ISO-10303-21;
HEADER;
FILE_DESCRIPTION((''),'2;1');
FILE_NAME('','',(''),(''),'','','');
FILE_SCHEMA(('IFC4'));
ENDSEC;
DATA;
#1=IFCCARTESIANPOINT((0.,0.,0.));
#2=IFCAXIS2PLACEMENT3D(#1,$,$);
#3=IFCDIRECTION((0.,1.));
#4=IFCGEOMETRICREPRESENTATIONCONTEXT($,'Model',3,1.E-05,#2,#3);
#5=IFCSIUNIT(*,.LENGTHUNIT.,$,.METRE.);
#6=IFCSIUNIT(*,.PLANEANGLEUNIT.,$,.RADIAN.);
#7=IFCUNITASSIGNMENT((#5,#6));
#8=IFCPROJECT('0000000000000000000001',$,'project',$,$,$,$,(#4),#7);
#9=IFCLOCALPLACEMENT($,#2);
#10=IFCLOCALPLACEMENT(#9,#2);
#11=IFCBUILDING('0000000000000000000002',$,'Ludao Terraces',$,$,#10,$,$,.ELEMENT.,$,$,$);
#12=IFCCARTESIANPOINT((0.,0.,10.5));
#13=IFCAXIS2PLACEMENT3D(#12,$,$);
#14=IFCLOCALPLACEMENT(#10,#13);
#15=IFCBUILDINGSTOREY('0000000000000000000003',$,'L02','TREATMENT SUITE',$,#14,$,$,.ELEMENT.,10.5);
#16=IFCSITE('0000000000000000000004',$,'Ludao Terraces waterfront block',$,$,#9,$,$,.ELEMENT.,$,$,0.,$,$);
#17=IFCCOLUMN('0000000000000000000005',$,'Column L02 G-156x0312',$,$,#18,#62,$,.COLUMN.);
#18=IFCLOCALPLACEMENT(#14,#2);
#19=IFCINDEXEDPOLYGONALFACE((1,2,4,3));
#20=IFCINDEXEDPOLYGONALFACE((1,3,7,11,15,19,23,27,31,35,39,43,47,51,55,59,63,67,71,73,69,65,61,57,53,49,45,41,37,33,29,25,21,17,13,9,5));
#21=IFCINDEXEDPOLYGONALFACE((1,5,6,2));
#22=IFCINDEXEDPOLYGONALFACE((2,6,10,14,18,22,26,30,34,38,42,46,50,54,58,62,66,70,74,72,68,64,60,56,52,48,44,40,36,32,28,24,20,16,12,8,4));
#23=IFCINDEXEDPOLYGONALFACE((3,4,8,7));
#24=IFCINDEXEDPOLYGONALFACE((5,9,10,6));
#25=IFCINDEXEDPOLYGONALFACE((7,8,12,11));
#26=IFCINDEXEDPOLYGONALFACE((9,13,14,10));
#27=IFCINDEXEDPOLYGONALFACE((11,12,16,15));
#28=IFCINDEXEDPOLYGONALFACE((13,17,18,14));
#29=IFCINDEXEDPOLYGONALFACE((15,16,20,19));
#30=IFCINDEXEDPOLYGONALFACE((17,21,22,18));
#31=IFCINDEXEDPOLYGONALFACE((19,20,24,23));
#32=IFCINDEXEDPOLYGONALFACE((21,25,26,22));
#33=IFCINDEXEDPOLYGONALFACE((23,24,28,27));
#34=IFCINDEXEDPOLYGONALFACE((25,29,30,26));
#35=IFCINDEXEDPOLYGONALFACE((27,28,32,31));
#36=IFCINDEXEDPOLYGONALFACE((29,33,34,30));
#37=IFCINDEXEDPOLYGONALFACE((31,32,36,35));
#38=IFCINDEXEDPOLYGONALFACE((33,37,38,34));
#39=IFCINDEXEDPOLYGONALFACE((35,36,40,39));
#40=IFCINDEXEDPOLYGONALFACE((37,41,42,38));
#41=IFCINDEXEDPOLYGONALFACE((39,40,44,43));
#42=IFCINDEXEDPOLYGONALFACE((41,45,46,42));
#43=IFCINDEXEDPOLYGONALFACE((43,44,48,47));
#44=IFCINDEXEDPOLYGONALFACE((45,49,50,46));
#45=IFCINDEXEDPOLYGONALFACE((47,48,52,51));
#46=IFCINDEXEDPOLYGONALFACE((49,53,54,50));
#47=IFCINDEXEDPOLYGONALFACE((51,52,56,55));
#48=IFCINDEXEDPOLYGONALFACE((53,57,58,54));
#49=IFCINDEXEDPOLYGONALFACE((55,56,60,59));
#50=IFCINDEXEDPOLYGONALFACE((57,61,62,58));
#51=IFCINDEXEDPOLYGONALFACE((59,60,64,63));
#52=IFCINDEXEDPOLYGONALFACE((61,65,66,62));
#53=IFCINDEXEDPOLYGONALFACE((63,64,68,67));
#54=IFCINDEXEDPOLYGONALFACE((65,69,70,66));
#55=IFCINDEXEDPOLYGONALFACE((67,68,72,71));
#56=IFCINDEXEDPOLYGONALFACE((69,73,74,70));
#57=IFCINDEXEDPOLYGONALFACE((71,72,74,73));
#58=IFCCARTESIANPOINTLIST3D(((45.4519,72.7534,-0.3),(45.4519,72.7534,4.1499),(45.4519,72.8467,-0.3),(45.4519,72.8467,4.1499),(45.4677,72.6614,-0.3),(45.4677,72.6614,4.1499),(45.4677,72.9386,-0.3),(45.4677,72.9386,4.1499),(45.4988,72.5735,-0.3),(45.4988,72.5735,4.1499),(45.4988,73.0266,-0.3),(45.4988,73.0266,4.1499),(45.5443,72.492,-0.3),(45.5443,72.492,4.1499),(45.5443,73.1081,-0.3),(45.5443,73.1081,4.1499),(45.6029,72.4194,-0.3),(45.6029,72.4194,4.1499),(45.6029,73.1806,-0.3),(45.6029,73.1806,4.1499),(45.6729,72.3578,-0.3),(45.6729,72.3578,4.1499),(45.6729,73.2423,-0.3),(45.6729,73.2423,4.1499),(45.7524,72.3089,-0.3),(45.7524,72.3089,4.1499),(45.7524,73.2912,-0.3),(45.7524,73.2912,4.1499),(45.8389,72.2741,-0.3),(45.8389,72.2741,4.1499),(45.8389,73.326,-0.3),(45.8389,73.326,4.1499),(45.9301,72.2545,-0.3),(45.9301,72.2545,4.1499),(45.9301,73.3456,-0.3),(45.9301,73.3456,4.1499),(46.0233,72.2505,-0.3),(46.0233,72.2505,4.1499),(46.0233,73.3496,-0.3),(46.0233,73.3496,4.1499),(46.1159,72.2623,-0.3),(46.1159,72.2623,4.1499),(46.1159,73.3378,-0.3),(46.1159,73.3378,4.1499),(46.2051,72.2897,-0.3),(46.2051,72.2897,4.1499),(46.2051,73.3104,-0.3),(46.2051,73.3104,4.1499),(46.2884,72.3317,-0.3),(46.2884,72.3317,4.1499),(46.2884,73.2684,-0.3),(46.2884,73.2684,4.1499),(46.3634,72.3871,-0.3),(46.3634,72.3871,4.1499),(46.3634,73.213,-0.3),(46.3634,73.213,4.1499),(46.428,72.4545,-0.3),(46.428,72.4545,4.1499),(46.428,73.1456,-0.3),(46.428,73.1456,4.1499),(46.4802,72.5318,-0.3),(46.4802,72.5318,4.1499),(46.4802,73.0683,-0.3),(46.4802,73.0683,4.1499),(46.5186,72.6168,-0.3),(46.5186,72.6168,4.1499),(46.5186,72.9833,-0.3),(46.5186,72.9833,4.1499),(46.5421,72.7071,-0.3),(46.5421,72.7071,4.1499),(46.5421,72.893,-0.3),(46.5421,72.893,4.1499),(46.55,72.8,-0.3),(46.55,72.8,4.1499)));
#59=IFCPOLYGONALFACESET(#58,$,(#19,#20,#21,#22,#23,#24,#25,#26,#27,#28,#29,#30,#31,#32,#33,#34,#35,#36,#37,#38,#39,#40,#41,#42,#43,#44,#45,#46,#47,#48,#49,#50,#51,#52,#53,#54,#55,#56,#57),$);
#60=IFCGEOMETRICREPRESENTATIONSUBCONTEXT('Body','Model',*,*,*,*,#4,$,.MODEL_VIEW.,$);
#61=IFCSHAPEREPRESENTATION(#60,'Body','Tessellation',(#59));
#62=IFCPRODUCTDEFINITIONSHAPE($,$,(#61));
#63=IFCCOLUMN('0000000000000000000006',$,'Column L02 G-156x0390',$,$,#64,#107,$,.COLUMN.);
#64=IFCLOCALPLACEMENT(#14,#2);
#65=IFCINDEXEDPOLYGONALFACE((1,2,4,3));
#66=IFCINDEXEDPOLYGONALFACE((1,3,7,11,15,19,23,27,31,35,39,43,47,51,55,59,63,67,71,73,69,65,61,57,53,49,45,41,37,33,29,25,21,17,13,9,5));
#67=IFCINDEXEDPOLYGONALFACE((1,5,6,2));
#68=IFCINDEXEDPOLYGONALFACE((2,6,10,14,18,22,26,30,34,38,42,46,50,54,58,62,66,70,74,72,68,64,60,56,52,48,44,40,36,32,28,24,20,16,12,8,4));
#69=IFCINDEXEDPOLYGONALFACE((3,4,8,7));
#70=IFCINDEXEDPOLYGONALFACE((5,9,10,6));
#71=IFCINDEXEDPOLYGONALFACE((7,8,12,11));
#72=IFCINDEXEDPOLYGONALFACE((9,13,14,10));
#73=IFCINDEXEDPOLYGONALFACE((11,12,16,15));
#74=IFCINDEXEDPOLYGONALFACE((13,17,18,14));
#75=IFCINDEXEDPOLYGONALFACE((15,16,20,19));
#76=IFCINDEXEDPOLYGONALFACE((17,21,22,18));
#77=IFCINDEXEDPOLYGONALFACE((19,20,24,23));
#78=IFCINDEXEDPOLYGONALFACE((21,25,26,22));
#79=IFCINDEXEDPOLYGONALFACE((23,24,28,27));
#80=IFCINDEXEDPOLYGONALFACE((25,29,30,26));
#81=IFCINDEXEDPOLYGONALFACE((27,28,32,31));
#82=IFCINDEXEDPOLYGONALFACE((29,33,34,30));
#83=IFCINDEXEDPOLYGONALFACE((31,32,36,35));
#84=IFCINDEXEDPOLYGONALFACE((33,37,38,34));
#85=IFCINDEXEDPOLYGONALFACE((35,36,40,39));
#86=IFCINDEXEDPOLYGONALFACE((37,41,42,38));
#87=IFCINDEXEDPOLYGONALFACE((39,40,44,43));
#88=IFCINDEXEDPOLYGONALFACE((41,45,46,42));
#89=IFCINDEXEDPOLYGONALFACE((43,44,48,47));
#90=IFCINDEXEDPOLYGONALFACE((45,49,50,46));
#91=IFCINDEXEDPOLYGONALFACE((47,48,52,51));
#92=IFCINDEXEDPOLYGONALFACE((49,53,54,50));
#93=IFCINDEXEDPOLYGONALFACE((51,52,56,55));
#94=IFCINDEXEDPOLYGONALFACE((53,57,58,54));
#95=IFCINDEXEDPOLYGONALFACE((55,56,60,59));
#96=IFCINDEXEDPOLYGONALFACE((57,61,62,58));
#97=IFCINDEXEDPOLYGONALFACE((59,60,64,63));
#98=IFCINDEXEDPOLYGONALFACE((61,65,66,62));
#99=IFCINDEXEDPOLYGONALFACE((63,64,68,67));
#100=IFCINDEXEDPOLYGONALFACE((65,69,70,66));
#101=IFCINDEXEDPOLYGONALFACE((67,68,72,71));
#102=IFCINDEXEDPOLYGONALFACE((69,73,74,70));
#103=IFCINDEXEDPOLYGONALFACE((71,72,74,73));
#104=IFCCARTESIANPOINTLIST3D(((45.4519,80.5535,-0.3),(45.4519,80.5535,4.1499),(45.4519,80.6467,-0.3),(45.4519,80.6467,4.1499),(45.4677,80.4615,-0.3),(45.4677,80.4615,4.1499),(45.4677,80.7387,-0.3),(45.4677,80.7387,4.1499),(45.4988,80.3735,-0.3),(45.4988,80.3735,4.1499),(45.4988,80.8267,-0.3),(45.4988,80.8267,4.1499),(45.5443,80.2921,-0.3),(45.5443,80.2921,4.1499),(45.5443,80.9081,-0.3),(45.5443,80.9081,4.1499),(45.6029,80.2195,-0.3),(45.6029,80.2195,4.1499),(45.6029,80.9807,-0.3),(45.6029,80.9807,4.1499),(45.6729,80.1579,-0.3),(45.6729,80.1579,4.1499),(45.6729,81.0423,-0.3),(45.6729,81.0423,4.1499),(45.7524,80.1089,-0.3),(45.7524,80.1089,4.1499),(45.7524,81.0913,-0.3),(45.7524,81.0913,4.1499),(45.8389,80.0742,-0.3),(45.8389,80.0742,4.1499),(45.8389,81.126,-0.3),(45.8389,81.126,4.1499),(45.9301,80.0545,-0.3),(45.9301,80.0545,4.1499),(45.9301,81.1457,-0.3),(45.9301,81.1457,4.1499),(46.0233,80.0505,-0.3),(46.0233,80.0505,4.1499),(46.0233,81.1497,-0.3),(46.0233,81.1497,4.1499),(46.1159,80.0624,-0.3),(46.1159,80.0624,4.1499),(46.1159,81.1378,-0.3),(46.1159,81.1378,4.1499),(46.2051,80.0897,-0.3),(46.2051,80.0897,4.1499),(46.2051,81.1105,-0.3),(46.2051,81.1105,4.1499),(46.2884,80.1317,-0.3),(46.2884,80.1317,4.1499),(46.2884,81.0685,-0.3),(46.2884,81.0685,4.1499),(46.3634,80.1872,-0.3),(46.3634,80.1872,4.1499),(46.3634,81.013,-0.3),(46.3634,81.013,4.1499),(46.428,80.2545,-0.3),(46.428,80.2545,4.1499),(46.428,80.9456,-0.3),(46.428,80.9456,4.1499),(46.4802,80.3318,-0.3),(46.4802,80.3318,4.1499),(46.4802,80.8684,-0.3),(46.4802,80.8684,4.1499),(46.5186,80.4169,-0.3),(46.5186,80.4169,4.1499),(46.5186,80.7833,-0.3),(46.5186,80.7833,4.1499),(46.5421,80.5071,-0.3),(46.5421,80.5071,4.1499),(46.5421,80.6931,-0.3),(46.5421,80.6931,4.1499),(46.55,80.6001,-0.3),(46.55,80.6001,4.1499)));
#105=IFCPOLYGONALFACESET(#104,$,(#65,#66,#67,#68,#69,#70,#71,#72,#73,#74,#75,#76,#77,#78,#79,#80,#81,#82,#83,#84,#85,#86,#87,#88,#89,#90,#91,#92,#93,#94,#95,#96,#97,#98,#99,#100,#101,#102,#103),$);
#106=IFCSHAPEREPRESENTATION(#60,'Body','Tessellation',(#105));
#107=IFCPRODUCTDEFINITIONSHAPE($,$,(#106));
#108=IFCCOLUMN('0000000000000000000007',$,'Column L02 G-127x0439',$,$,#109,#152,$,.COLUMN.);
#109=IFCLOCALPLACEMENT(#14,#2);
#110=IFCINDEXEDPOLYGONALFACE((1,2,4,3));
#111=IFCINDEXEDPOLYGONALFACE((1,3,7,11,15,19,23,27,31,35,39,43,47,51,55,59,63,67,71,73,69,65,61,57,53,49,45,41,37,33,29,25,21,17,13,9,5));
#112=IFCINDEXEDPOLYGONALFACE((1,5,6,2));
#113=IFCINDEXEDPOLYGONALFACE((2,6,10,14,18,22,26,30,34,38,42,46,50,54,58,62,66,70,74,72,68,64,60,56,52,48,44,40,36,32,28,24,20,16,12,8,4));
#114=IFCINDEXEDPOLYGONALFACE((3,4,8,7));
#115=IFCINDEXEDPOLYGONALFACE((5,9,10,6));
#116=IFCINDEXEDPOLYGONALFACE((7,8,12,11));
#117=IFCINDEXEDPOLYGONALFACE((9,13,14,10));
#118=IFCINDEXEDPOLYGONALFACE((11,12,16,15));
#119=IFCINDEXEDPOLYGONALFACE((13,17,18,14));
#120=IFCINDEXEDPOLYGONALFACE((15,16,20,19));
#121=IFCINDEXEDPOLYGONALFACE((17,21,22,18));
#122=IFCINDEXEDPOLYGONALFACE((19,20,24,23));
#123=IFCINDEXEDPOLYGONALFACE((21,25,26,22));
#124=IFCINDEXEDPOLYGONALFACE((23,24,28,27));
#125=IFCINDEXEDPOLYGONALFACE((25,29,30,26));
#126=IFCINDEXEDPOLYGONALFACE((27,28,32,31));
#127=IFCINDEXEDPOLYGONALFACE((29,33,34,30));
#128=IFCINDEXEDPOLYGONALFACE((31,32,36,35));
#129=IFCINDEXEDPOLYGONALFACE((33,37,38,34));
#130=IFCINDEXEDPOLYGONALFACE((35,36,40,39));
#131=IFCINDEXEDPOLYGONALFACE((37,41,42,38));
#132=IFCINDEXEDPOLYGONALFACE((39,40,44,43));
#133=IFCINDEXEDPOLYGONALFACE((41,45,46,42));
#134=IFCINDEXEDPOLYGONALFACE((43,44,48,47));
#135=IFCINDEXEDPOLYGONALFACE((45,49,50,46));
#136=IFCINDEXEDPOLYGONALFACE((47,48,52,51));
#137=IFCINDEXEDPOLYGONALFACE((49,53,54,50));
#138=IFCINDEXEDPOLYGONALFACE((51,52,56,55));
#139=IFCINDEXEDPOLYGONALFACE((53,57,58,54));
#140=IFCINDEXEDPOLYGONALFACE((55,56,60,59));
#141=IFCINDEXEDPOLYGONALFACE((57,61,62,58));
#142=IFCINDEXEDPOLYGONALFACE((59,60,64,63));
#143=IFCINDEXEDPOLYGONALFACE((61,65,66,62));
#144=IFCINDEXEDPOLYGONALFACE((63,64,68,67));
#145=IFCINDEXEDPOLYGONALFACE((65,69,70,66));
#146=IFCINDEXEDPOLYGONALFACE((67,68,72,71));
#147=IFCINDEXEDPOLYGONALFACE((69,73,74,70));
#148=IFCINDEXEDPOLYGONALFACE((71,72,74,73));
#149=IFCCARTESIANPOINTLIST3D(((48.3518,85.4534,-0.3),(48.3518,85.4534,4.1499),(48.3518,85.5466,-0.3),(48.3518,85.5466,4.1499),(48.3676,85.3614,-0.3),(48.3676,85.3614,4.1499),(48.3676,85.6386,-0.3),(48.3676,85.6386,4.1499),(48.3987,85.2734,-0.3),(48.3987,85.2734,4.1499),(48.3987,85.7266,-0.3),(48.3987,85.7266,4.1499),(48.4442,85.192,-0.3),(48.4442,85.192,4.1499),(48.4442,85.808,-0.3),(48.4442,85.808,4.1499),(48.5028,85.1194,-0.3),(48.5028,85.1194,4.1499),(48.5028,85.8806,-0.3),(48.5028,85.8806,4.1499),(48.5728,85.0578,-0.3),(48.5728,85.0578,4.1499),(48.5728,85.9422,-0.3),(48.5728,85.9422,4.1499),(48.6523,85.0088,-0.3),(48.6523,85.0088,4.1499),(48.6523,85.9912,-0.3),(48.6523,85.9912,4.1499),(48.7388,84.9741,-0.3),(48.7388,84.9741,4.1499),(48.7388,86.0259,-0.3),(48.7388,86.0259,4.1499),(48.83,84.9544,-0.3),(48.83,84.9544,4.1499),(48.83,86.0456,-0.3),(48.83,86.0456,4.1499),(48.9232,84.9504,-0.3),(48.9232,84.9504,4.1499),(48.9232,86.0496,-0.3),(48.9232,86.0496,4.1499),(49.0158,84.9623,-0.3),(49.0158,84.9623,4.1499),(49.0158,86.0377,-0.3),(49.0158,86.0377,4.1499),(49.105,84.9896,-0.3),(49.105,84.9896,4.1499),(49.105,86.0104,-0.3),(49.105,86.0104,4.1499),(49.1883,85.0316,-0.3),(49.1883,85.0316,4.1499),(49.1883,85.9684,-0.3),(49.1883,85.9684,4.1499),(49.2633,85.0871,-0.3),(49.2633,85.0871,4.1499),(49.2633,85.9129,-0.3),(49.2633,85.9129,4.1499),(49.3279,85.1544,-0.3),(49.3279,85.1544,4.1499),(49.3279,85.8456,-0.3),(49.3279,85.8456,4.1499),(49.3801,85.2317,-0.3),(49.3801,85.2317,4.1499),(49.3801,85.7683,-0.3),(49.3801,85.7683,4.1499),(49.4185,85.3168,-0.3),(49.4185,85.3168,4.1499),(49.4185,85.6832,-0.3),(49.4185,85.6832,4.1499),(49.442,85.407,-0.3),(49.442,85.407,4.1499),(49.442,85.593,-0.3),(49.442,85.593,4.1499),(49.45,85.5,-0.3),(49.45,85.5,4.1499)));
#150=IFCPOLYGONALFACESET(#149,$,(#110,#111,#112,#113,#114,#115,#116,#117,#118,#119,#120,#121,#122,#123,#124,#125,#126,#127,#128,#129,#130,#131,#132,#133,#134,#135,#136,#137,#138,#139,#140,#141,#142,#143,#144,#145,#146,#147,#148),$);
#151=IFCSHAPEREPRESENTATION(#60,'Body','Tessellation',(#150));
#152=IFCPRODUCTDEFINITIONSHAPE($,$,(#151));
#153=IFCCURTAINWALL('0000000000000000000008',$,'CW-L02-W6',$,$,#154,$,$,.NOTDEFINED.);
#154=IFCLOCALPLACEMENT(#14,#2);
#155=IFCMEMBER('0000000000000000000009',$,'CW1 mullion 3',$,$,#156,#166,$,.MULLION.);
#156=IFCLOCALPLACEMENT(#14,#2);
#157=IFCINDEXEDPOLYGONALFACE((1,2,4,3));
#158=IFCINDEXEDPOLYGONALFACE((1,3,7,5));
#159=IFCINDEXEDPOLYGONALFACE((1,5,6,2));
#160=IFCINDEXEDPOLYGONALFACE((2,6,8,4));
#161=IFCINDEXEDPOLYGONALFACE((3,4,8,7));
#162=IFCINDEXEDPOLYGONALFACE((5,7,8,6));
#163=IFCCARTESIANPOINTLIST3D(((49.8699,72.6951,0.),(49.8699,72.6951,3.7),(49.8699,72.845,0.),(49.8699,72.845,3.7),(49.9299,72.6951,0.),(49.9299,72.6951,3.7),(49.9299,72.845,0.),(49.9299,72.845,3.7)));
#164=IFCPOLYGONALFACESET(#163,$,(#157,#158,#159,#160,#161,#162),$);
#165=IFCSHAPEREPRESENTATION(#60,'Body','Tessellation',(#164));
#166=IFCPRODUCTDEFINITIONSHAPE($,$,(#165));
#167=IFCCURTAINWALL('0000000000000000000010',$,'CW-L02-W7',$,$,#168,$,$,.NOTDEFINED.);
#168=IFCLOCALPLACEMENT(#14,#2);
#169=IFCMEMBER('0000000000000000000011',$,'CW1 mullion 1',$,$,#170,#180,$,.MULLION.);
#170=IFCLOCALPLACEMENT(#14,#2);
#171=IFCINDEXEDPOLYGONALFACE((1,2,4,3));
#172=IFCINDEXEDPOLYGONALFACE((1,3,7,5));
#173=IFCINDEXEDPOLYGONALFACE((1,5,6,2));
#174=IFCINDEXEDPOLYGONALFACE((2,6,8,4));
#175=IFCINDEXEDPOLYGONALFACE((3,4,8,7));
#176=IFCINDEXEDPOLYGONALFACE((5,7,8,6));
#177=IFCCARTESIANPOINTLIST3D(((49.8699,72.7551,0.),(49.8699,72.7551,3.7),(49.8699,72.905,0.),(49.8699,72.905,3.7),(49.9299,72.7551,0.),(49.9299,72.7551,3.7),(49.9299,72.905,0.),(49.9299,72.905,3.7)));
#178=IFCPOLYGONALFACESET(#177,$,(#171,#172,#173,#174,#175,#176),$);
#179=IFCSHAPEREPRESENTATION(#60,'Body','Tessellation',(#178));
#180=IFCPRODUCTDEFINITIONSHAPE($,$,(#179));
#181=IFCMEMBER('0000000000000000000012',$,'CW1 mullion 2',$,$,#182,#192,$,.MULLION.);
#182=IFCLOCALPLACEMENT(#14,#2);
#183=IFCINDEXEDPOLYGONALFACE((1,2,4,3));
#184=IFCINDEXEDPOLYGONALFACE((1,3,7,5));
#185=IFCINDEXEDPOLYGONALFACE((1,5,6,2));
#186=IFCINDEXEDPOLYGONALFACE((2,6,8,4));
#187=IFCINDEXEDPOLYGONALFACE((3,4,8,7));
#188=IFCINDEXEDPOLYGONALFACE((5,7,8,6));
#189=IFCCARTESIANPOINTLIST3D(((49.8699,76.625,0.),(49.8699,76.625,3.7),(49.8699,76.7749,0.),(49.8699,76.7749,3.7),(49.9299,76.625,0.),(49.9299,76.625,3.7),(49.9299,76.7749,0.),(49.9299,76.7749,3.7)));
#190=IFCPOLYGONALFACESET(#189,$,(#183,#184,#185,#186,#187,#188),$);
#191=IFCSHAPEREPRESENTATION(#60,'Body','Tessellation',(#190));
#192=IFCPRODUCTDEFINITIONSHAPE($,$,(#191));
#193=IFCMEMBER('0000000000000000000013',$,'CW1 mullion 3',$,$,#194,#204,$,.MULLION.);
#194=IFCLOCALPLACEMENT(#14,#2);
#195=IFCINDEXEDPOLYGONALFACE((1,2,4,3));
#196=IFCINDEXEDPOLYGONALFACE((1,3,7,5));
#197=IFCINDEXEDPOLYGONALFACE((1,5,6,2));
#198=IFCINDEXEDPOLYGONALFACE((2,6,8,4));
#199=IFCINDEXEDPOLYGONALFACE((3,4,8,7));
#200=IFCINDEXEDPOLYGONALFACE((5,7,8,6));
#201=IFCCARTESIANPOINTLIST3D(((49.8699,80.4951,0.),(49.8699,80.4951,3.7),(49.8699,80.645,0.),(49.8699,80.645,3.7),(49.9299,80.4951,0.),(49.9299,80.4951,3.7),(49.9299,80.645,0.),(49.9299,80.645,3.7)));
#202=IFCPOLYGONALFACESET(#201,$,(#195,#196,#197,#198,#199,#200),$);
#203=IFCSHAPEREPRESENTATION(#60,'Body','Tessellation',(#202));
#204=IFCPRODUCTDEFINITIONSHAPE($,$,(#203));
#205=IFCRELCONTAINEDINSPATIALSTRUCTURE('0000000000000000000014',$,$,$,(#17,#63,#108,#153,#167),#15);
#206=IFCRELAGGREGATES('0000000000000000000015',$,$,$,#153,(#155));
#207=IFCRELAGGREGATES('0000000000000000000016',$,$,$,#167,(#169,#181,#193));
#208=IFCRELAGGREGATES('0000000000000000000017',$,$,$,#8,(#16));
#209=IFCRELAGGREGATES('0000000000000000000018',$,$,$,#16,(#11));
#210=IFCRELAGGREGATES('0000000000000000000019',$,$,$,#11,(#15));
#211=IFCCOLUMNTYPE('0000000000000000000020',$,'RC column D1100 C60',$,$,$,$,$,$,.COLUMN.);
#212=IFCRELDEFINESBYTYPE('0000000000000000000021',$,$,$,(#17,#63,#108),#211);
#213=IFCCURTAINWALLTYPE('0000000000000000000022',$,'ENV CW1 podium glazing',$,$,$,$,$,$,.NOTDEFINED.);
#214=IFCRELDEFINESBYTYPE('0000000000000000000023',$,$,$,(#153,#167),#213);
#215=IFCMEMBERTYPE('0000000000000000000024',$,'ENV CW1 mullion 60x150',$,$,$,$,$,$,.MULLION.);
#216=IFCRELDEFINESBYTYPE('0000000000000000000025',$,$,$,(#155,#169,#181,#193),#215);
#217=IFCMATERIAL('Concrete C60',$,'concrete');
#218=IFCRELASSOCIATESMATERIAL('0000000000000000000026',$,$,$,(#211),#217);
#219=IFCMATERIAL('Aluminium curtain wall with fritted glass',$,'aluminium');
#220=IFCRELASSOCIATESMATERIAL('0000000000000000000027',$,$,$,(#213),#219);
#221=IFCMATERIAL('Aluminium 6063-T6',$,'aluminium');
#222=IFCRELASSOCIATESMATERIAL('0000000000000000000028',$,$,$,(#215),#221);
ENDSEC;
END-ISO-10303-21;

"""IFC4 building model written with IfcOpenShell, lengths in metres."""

from ifc_helpers import new_model, si_unit, direction, frame, origin, origin_2d, place, context, subcontext, project, spatial, rectangle, circle, extrude, material, material_profile, profile_set, type_object, element, aggregate, save


model = new_model("IFC4")

# Units and contexts
model_context = context("Model", 3, precision=1e-05, world=origin(), true_north=direction((0.0, 1.0)))
body_context = subcontext(model_context, "Body", "Model", "MODEL_VIEW")
ifc_project = project(units=[si_unit("LENGTHUNIT", "METRE"), si_unit("PLANEANGLEUNIT", "RADIAN")], contexts=[model_context])

# Site, building, storey
site_placement = place(None, origin())
site = spatial("IfcSite", under=ifc_project, at=site_placement, Name="Ludao Terraces waterfront block", CompositionType="ELEMENT", RefElevation=0.0)
building_placement = place(site_placement, origin())
building = spatial("IfcBuilding", under=site, at=building_placement, Name="Ludao Terraces", CompositionType="ELEMENT")
storey_placement = place(building_placement, frame((0.0, 0.0, 10.5)))
storey = spatial("IfcBuildingStorey", under=building, at=storey_placement, Name="L02", Description="TREATMENT SUITE", CompositionType="ELEMENT", Elevation=10.5)

# Columns
ifc_material_1 = material(Name="Concrete C60", Category="concrete")
ifc_material_profile_1 = material_profile(ifc_material_1, circle(Radius=0.55, at=origin_2d()), Name="D1100")
ifc_profile_set_1 = profile_set([ifc_material_profile_1], Name="Concrete C60")
column_type = type_object("IfcColumnType", Name="RC column D1100 C60", PredefinedType="COLUMN", material=ifc_profile_set_1)
for number, where, z_axis, x_axis, name in (
    (1, (46.0, 72.8, -0.3), (0.0, 0.0, 1.0), (1.0, 0.0, 0.0), "Column L02 G-156x0312"),
    (2, (46.0, 80.6001, -0.3), (0.0, 0.0, 1.0), (1.0, 0.0, 0.0), "Column L02 G-156x0390"),
    (3, (48.8999, 85.5, -0.3), (0.0, 0.0, 1.0), (1.0, 0.0, 0.0), "Column L02 G-127x0439"),
):
    element("IfcColumn", number, at=place(storey_placement, frame(where, z_axis=z_axis, x_axis=x_axis)), inside=storey, type_object=column_type, Name=name, PredefinedType="COLUMN", context=body_context, shape_type="SweptSolid", body=[
        extrude(circle(Radius=0.55, at=origin_2d()), origin(), (0.0, 0.0, 1.0), 4.45),
    ])

# Curtain wall, member
ifc_material_2 = material(Name="Aluminium curtain wall with fritted glass", Category="aluminium")
curtain_wall_type = type_object("IfcCurtainWallType", Name="ENV CW1 podium glazing", PredefinedType="NOTDEFINED", material=ifc_material_2)
curtain_wall_1_placement = place(storey_placement, origin())
curtain_wall_1 = element("IfcCurtainWall", 4, at=curtain_wall_1_placement, inside=storey, type_object=curtain_wall_type, Name="CW-L02-W6", PredefinedType="NOTDEFINED")
ifc_material_3 = material(Name="Aluminium 6063-T6", Category="aluminium")
ifc_material_profile_2 = material_profile(ifc_material_3, rectangle(XDim=0.0601, YDim=0.1499, at=origin_2d()), Name="60 X 150")
ifc_profile_set_2 = profile_set([ifc_material_profile_2], Name="Aluminium 6063-T6")
member_type_1 = type_object("IfcMemberType", Name="ENV CW1 mullion 60x150", PredefinedType="MULLION", material=ifc_profile_set_2)
member_1_placement = place(storey_placement, frame((49.8999, 72.77, 0.0), z_axis=(0.0, 0.0, 1.0), x_axis=(-1.0, 0.0, 0.0)))
member_1 = element("IfcMember", 5, at=member_1_placement, type_object=member_type_1, Name="CW1 mullion 3", PredefinedType="MULLION", context=body_context, shape_type="SweptSolid", body=[
    extrude(rectangle(XDim=0.0601, YDim=0.1499, at=origin_2d()), origin(), (0.0, 0.0, 1.0), 3.7),
])

# Curtain wall, members
curtain_wall_2_placement = place(storey_placement, origin())
curtain_wall_2 = element("IfcCurtainWall", 6, at=curtain_wall_2_placement, inside=storey, type_object=curtain_wall_type, Name="CW-L02-W7", PredefinedType="NOTDEFINED")
member_2_placement = place(storey_placement, frame((49.8999, 72.8301, 0.0), z_axis=(0.0, 0.0, 1.0), x_axis=(-1.0, 0.0, 0.0)))
member_2 = element("IfcMember", 7, at=member_2_placement, type_object=member_type_1, Name="CW1 mullion 1", PredefinedType="MULLION", context=body_context, shape_type="SweptSolid", body=[
    extrude(rectangle(XDim=0.0601, YDim=0.1499, at=origin_2d()), origin(), (0.0, 0.0, 1.0), 3.7),
])
member_3_placement = place(storey_placement, frame((49.8999, 76.7, 0.0), z_axis=(0.0, 0.0, 1.0), x_axis=(-1.0, 0.0, 0.0)))
member_3 = element("IfcMember", 8, at=member_3_placement, type_object=member_type_1, Name="CW1 mullion 2", PredefinedType="MULLION", context=body_context, shape_type="SweptSolid", body=[
    extrude(rectangle(XDim=0.0601, YDim=0.1499, at=origin_2d()), origin(), (0.0, 0.0, 1.0), 3.7),
])
member_4_placement = place(storey_placement, frame((49.8999, 80.5701, 0.0), z_axis=(0.0, 0.0, 1.0), x_axis=(-1.0, 0.0, 0.0)))
member_4 = element("IfcMember", 9, at=member_4_placement, type_object=member_type_1, Name="CW1 mullion 3", PredefinedType="MULLION", context=body_context, shape_type="SweptSolid", body=[
    extrude(rectangle(XDim=0.0601, YDim=0.1499, at=origin_2d()), origin(), (0.0, 0.0, 1.0), 3.7),
])

aggregate(curtain_wall_1, [member_1])
aggregate(curtain_wall_2, [member_2, member_3, member_4])

save(model, "model.ifc")
